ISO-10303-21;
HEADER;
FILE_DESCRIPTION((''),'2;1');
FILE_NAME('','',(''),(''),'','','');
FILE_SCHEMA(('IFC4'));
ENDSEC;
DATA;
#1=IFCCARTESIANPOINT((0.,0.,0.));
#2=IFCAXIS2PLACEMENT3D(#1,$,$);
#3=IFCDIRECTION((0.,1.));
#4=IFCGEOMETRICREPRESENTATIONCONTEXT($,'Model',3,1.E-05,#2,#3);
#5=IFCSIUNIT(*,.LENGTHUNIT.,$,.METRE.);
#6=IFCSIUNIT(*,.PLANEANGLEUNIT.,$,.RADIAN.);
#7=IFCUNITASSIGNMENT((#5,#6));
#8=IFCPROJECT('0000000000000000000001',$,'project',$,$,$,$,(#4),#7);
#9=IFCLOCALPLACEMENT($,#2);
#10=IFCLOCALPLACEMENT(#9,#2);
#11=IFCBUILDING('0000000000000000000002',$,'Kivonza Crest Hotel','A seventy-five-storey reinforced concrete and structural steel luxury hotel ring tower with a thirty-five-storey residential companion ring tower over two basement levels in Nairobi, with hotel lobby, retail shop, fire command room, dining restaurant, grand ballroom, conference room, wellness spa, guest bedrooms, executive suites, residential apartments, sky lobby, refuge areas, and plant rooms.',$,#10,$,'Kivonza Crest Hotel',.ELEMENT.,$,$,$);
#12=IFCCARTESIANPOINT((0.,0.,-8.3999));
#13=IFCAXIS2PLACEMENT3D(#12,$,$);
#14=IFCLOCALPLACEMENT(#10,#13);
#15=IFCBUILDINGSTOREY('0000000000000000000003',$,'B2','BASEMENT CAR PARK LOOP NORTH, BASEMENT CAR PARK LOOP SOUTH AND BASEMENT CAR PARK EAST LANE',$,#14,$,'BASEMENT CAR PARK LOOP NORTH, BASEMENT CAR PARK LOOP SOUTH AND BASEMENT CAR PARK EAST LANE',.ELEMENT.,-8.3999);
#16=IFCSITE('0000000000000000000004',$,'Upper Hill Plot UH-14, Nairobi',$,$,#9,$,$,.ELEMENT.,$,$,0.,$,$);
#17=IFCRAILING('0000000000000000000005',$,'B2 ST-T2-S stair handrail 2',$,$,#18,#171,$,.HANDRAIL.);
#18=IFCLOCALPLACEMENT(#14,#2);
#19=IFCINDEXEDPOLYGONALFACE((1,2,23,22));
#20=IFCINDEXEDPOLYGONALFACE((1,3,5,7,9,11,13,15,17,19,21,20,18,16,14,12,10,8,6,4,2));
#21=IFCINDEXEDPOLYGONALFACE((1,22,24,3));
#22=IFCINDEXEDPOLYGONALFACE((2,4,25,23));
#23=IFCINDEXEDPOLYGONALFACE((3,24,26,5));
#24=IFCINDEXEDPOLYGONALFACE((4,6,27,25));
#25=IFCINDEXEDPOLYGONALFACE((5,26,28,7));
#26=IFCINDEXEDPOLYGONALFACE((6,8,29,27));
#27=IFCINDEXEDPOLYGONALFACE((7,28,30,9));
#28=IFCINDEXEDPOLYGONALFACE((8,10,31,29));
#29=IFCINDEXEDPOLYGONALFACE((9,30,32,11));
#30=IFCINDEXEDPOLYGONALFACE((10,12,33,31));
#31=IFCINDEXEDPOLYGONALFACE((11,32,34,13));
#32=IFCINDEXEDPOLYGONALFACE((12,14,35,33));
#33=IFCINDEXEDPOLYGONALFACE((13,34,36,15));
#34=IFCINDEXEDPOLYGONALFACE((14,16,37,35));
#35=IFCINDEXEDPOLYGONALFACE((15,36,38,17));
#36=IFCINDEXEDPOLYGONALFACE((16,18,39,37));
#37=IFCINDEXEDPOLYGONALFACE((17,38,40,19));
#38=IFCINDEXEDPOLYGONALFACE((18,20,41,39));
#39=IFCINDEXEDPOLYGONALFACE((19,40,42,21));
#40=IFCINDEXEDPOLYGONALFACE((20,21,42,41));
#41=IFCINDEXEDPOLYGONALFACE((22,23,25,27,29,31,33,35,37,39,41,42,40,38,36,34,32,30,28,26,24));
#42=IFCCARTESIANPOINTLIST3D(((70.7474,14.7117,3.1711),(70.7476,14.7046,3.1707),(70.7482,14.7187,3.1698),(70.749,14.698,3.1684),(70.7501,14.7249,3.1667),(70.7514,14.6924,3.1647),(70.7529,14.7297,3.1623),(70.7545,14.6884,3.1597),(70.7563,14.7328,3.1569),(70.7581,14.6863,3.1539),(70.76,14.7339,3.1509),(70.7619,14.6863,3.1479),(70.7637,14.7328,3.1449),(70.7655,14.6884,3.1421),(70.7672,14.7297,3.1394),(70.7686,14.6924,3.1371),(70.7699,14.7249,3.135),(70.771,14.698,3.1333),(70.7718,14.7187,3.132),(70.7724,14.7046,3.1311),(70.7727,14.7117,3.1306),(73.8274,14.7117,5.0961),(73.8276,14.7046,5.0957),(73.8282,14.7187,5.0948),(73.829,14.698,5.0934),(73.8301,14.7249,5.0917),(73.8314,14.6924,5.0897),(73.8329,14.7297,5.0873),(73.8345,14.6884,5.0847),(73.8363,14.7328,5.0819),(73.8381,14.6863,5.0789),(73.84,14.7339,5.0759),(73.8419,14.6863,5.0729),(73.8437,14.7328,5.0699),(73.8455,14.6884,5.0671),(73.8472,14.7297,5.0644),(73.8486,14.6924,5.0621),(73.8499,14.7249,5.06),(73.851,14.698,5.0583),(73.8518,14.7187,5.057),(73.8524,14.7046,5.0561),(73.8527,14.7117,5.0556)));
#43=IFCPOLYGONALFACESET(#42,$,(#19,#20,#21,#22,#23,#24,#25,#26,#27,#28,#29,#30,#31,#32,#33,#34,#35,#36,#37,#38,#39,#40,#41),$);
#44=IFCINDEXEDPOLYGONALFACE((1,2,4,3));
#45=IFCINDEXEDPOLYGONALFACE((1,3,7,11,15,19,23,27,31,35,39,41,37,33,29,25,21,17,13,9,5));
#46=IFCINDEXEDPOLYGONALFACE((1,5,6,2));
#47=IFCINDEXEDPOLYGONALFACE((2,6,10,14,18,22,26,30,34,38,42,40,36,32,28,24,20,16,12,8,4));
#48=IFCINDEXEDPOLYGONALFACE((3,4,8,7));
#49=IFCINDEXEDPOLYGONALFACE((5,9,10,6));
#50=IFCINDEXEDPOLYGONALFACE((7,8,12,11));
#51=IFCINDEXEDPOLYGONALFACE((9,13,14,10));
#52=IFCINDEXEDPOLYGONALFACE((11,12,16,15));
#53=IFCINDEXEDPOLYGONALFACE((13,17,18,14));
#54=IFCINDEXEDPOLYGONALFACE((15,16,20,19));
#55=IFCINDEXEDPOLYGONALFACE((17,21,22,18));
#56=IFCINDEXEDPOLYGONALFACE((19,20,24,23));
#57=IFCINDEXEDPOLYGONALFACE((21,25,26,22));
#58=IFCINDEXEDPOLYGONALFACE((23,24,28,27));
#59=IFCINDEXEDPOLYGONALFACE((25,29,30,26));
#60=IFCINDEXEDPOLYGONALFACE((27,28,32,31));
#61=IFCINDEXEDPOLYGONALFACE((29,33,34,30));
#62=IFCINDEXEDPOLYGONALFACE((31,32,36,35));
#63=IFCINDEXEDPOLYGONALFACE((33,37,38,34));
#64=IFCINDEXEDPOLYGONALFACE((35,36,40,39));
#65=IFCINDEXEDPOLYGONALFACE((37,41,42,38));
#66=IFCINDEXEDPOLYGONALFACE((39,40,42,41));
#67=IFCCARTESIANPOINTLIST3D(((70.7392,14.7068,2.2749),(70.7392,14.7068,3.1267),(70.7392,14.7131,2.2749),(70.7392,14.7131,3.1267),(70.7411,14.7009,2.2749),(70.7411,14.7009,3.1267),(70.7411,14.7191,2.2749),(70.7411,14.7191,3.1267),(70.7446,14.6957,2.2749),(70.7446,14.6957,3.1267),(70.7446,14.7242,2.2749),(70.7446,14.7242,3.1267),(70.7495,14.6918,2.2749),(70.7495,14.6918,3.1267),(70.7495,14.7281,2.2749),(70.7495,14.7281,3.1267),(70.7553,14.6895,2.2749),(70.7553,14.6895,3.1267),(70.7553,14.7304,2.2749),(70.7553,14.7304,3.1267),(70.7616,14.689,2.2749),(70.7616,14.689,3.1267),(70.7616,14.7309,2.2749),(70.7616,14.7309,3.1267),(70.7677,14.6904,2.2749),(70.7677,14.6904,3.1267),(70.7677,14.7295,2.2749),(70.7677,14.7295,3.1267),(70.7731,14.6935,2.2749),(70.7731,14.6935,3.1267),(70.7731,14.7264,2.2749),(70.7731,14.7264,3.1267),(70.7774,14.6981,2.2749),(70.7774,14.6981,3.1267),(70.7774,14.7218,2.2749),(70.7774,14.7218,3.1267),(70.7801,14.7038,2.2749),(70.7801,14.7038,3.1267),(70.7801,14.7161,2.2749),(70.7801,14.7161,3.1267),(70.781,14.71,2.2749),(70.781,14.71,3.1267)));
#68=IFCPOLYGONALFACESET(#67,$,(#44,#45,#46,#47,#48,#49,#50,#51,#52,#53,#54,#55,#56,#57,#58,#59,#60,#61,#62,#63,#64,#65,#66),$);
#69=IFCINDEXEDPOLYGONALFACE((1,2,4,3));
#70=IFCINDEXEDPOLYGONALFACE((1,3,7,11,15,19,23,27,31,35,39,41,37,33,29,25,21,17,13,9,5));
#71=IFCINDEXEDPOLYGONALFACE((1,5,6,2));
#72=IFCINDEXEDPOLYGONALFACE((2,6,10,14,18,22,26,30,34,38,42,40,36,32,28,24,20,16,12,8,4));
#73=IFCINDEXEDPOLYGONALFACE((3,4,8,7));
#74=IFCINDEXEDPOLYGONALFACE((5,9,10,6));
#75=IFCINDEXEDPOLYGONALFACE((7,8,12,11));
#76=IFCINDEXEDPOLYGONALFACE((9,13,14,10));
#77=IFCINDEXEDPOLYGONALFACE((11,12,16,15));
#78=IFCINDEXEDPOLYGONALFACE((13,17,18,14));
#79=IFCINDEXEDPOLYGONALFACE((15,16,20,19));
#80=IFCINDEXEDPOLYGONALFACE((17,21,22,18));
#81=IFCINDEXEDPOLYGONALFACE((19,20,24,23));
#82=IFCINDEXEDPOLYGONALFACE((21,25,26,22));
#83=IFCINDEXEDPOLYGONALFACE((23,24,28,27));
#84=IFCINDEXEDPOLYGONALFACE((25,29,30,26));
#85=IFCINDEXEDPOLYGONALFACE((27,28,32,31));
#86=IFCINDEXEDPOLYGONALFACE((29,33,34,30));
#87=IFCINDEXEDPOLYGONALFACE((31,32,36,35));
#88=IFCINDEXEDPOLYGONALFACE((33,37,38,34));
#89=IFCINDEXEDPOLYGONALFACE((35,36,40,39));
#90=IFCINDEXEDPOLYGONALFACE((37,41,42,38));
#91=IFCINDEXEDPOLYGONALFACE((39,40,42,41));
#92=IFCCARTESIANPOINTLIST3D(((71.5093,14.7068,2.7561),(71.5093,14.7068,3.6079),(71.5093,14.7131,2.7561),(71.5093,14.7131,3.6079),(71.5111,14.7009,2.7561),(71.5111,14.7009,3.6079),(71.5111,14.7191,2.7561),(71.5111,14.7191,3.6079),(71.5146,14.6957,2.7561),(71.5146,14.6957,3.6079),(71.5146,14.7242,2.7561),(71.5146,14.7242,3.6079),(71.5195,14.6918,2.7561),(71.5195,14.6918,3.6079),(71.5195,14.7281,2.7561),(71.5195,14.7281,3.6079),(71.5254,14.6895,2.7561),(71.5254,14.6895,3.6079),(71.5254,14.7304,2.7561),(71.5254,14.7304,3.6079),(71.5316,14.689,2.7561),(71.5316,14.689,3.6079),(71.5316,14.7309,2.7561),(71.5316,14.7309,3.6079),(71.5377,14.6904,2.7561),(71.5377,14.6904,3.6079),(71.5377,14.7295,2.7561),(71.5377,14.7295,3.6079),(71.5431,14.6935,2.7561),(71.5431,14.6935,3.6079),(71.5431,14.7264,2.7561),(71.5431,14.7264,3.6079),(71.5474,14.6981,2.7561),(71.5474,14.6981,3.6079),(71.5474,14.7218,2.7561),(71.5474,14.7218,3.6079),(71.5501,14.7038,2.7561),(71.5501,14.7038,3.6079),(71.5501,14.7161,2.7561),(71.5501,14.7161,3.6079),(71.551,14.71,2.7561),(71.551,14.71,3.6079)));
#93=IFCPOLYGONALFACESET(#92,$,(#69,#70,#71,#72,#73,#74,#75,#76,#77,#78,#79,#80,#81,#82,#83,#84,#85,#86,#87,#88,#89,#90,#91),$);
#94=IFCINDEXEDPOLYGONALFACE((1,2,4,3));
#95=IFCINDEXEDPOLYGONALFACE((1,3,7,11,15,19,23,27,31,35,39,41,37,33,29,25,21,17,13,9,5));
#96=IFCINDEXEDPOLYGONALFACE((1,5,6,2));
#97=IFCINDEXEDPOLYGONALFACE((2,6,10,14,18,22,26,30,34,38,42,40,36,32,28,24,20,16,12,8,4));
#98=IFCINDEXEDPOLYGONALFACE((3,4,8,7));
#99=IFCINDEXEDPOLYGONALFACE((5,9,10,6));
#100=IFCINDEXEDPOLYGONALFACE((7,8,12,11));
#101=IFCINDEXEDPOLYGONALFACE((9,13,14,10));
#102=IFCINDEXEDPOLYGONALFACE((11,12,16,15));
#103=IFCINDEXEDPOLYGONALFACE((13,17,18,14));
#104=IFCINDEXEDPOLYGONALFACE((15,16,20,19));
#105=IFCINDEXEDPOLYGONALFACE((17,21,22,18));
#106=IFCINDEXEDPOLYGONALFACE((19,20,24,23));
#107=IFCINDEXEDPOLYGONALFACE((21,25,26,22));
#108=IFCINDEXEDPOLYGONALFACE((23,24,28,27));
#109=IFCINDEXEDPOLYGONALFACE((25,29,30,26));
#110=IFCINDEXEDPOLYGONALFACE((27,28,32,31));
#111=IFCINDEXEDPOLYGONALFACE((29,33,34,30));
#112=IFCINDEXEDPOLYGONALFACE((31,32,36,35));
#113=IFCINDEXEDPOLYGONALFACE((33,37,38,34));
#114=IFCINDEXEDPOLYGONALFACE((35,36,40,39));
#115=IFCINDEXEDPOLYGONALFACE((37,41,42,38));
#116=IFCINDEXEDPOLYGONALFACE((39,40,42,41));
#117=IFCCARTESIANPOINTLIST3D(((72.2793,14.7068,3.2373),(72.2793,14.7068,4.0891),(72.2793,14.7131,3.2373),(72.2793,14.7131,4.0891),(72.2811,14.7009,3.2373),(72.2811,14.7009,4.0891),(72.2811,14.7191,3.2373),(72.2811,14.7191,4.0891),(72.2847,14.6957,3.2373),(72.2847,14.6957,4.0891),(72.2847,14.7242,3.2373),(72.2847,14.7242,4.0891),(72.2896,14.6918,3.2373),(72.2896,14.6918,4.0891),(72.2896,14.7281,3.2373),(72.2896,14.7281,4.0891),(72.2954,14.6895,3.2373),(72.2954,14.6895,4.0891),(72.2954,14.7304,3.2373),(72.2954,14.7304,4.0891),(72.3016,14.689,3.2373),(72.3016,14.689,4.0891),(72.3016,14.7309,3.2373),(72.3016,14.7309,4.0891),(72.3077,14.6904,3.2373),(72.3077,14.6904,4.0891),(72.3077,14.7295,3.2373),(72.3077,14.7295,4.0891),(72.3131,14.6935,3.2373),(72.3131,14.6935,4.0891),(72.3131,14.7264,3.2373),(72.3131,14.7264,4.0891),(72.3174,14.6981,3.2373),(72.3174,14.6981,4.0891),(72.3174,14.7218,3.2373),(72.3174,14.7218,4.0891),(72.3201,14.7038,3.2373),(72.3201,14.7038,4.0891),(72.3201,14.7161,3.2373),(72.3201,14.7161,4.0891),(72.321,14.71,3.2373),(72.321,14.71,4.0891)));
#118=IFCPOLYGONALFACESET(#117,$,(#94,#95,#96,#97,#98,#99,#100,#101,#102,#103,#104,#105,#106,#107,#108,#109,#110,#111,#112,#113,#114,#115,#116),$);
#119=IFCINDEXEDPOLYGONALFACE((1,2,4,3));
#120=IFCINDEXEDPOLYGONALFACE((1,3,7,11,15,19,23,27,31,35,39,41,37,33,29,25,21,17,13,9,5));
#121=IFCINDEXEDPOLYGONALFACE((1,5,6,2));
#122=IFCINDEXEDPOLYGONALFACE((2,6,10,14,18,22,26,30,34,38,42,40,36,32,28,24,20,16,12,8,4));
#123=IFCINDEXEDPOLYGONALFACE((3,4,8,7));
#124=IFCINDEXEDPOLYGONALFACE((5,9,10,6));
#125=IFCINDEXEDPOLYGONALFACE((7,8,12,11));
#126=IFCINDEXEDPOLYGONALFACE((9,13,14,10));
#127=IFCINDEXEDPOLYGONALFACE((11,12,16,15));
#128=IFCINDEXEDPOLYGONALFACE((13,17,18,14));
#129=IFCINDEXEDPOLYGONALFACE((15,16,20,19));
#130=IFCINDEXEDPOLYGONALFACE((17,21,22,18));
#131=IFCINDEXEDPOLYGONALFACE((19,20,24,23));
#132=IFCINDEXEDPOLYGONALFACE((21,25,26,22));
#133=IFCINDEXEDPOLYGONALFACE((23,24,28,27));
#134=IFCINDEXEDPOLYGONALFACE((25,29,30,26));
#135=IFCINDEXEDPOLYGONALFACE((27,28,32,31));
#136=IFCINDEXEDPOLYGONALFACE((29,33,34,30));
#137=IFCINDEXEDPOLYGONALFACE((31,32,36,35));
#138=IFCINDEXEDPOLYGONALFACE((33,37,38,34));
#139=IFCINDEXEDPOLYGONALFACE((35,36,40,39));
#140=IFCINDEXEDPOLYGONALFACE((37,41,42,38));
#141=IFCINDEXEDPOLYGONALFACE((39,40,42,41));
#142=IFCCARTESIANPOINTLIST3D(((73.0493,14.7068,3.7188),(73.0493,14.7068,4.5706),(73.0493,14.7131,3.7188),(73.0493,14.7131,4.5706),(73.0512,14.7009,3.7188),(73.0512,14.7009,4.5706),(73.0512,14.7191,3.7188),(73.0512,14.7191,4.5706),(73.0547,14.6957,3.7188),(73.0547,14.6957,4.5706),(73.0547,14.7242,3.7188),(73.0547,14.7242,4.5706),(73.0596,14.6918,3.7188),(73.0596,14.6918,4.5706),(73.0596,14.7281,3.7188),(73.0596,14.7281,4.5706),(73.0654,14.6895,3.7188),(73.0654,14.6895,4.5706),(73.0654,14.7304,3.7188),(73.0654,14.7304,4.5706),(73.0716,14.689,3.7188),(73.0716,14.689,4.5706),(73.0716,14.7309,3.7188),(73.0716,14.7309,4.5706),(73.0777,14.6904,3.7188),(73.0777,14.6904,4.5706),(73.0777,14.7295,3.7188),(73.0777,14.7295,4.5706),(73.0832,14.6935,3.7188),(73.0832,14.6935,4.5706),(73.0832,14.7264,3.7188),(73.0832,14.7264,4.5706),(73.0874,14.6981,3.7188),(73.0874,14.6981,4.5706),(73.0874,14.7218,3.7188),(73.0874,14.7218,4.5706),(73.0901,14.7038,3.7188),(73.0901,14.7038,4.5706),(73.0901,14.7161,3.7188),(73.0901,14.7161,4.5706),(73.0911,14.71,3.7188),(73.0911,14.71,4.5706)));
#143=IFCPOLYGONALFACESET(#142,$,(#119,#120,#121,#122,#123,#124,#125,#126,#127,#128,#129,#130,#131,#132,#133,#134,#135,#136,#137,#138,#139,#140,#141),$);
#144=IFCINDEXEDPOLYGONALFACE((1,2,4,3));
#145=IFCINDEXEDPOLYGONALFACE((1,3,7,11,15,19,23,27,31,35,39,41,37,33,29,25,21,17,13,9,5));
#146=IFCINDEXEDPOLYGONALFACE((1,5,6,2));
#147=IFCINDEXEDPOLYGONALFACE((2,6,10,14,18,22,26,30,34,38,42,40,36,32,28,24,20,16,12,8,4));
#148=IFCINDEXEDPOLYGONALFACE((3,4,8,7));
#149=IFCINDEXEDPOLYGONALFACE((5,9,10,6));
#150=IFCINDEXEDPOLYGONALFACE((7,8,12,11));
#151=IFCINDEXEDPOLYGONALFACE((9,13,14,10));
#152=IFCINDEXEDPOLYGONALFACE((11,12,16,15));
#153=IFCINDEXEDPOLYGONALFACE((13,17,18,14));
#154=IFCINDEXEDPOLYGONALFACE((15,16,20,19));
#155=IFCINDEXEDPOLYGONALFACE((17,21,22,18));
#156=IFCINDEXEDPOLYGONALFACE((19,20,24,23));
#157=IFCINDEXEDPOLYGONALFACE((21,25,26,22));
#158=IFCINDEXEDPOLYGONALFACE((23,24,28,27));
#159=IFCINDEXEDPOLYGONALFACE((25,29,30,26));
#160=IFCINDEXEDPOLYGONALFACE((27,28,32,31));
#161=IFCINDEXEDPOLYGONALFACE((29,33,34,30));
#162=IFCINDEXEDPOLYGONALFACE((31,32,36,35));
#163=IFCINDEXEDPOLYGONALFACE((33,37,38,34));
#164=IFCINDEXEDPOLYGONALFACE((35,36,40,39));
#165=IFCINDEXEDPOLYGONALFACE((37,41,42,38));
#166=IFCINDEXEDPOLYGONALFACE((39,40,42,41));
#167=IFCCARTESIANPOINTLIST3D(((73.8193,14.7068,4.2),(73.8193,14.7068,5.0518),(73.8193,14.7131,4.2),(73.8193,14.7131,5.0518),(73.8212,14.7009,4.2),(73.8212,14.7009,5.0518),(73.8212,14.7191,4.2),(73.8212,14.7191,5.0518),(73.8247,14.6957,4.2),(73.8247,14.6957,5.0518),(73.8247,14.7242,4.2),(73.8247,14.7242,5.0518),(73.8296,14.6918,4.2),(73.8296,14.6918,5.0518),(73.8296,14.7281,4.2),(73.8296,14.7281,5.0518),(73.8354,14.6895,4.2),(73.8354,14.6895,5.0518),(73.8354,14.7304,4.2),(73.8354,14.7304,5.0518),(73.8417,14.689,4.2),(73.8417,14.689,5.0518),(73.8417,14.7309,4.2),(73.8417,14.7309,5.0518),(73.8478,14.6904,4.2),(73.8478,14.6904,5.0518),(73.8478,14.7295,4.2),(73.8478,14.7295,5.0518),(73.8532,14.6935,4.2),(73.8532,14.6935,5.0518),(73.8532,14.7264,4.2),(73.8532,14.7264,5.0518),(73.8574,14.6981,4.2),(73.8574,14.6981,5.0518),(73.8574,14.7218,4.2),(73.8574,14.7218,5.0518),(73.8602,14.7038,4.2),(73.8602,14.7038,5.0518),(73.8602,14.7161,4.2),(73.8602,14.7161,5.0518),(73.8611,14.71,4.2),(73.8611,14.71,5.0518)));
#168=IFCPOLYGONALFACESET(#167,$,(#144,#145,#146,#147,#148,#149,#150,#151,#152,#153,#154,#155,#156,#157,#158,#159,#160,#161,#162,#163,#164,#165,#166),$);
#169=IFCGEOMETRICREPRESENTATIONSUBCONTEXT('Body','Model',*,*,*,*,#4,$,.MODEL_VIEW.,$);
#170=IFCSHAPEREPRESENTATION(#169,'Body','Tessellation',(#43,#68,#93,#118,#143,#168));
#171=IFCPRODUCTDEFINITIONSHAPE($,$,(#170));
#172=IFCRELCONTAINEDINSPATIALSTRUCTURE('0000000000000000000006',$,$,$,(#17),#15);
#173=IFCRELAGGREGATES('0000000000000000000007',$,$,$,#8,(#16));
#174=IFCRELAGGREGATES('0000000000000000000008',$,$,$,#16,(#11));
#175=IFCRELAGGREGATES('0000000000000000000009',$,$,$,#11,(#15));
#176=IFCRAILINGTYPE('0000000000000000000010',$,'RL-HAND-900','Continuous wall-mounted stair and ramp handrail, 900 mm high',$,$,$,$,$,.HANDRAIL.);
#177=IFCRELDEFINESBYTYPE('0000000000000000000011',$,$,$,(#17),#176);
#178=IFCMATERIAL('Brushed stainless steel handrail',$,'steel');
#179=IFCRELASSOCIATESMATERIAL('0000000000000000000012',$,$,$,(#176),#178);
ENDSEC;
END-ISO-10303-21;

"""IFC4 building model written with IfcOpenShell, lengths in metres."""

from ifc_helpers import new_model, si_unit, direction, frame, origin, origin_2d, place, context, subcontext, project, spatial, circle, extrude, material, type_object, element, save


model = new_model("IFC4")

# Units and contexts
model_context = context("Model", 3, precision=1e-05, world=origin(), true_north=direction((0.0, 1.0)))
body_context = subcontext(model_context, "Body", "Model", "MODEL_VIEW")
ifc_project = project(units=[si_unit("LENGTHUNIT", "METRE"), si_unit("PLANEANGLEUNIT", "RADIAN")], contexts=[model_context])

# Site, building, storey
site_placement = place(None, origin())
site = spatial("IfcSite", under=ifc_project, at=site_placement, Name="Upper Hill Plot UH-14, Nairobi", CompositionType="ELEMENT", RefElevation=0.0)
building_placement = place(site_placement, origin())
building = spatial("IfcBuilding", under=site, at=building_placement, Name="Kivonza Crest Hotel", Description="A seventy-five-storey reinforced concrete and structural steel luxury hotel ring tower with a thirty-five-storey residential companion ring tower over two basement levels in Nairobi, with hotel lobby, retail shop, fire command room, dining restaurant, grand ballroom, conference room, wellness spa, guest bedrooms, executive suites, residential apartments, sky lobby, refuge areas, and plant rooms.", LongName="Kivonza Crest Hotel", CompositionType="ELEMENT")
storey_placement = place(building_placement, frame((0.0, 0.0, -8.3999)))
storey = spatial("IfcBuildingStorey", under=building, at=storey_placement, Name="B2", Description="BASEMENT CAR PARK LOOP NORTH, BASEMENT CAR PARK LOOP SOUTH AND BASEMENT CAR PARK EAST LANE", LongName="BASEMENT CAR PARK LOOP NORTH, BASEMENT CAR PARK LOOP SOUTH AND BASEMENT CAR PARK EAST LANE", CompositionType="ELEMENT", Elevation=-8.3999)

# Railing
ifc_material_1 = material(Name="Brushed stainless steel handrail", Category="steel")
railing_type_1 = type_object("IfcRailingType", Name="RL-HAND-900", Description="Continuous wall-mounted stair and ramp handrail, 900 mm high", PredefinedType="HANDRAIL", material=ifc_material_1)
railing_1_placement = place(storey_placement, frame((70.76, 14.71, 2.2749)))
element("IfcRailing", 1, at=railing_1_placement, inside=storey, type_object=railing_type_1, Name="B2 ST-T2-S stair handrail 2", PredefinedType="HANDRAIL", context=body_context, shape_type="SweptSolid", body=[
    extrude(circle(Radius=0.0239, at=origin_2d()), frame((0.0, 0.0, 0.876), z_axis=(0.847998, 0.0, 0.529999), x_axis=(0.0, 1.0, 0.0)), (0.0, 0.0, 1.0), 3.6321),
    extrude(circle(Radius=0.021, at=origin_2d()), origin(), (0.0, 0.0, 1.0), 0.8518),
    extrude(circle(Radius=0.021, at=origin_2d()), frame((0.77, 0.0, 0.4812)), (0.0, 0.0, 1.0), 0.8518),
    extrude(circle(Radius=0.021, at=origin_2d()), frame((1.54, 0.0, 0.9624)), (0.0, 0.0, 1.0), 0.8518),
    extrude(circle(Radius=0.021, at=origin_2d()), frame((2.3101, 0.0, 1.4438)), (0.0, 0.0, 1.0), 0.8518),
    extrude(circle(Radius=0.021, at=origin_2d()), frame((3.0801, 0.0, 1.925)), (0.0, 0.0, 1.0), 0.8518),
])

save(model, "model.ifc")
